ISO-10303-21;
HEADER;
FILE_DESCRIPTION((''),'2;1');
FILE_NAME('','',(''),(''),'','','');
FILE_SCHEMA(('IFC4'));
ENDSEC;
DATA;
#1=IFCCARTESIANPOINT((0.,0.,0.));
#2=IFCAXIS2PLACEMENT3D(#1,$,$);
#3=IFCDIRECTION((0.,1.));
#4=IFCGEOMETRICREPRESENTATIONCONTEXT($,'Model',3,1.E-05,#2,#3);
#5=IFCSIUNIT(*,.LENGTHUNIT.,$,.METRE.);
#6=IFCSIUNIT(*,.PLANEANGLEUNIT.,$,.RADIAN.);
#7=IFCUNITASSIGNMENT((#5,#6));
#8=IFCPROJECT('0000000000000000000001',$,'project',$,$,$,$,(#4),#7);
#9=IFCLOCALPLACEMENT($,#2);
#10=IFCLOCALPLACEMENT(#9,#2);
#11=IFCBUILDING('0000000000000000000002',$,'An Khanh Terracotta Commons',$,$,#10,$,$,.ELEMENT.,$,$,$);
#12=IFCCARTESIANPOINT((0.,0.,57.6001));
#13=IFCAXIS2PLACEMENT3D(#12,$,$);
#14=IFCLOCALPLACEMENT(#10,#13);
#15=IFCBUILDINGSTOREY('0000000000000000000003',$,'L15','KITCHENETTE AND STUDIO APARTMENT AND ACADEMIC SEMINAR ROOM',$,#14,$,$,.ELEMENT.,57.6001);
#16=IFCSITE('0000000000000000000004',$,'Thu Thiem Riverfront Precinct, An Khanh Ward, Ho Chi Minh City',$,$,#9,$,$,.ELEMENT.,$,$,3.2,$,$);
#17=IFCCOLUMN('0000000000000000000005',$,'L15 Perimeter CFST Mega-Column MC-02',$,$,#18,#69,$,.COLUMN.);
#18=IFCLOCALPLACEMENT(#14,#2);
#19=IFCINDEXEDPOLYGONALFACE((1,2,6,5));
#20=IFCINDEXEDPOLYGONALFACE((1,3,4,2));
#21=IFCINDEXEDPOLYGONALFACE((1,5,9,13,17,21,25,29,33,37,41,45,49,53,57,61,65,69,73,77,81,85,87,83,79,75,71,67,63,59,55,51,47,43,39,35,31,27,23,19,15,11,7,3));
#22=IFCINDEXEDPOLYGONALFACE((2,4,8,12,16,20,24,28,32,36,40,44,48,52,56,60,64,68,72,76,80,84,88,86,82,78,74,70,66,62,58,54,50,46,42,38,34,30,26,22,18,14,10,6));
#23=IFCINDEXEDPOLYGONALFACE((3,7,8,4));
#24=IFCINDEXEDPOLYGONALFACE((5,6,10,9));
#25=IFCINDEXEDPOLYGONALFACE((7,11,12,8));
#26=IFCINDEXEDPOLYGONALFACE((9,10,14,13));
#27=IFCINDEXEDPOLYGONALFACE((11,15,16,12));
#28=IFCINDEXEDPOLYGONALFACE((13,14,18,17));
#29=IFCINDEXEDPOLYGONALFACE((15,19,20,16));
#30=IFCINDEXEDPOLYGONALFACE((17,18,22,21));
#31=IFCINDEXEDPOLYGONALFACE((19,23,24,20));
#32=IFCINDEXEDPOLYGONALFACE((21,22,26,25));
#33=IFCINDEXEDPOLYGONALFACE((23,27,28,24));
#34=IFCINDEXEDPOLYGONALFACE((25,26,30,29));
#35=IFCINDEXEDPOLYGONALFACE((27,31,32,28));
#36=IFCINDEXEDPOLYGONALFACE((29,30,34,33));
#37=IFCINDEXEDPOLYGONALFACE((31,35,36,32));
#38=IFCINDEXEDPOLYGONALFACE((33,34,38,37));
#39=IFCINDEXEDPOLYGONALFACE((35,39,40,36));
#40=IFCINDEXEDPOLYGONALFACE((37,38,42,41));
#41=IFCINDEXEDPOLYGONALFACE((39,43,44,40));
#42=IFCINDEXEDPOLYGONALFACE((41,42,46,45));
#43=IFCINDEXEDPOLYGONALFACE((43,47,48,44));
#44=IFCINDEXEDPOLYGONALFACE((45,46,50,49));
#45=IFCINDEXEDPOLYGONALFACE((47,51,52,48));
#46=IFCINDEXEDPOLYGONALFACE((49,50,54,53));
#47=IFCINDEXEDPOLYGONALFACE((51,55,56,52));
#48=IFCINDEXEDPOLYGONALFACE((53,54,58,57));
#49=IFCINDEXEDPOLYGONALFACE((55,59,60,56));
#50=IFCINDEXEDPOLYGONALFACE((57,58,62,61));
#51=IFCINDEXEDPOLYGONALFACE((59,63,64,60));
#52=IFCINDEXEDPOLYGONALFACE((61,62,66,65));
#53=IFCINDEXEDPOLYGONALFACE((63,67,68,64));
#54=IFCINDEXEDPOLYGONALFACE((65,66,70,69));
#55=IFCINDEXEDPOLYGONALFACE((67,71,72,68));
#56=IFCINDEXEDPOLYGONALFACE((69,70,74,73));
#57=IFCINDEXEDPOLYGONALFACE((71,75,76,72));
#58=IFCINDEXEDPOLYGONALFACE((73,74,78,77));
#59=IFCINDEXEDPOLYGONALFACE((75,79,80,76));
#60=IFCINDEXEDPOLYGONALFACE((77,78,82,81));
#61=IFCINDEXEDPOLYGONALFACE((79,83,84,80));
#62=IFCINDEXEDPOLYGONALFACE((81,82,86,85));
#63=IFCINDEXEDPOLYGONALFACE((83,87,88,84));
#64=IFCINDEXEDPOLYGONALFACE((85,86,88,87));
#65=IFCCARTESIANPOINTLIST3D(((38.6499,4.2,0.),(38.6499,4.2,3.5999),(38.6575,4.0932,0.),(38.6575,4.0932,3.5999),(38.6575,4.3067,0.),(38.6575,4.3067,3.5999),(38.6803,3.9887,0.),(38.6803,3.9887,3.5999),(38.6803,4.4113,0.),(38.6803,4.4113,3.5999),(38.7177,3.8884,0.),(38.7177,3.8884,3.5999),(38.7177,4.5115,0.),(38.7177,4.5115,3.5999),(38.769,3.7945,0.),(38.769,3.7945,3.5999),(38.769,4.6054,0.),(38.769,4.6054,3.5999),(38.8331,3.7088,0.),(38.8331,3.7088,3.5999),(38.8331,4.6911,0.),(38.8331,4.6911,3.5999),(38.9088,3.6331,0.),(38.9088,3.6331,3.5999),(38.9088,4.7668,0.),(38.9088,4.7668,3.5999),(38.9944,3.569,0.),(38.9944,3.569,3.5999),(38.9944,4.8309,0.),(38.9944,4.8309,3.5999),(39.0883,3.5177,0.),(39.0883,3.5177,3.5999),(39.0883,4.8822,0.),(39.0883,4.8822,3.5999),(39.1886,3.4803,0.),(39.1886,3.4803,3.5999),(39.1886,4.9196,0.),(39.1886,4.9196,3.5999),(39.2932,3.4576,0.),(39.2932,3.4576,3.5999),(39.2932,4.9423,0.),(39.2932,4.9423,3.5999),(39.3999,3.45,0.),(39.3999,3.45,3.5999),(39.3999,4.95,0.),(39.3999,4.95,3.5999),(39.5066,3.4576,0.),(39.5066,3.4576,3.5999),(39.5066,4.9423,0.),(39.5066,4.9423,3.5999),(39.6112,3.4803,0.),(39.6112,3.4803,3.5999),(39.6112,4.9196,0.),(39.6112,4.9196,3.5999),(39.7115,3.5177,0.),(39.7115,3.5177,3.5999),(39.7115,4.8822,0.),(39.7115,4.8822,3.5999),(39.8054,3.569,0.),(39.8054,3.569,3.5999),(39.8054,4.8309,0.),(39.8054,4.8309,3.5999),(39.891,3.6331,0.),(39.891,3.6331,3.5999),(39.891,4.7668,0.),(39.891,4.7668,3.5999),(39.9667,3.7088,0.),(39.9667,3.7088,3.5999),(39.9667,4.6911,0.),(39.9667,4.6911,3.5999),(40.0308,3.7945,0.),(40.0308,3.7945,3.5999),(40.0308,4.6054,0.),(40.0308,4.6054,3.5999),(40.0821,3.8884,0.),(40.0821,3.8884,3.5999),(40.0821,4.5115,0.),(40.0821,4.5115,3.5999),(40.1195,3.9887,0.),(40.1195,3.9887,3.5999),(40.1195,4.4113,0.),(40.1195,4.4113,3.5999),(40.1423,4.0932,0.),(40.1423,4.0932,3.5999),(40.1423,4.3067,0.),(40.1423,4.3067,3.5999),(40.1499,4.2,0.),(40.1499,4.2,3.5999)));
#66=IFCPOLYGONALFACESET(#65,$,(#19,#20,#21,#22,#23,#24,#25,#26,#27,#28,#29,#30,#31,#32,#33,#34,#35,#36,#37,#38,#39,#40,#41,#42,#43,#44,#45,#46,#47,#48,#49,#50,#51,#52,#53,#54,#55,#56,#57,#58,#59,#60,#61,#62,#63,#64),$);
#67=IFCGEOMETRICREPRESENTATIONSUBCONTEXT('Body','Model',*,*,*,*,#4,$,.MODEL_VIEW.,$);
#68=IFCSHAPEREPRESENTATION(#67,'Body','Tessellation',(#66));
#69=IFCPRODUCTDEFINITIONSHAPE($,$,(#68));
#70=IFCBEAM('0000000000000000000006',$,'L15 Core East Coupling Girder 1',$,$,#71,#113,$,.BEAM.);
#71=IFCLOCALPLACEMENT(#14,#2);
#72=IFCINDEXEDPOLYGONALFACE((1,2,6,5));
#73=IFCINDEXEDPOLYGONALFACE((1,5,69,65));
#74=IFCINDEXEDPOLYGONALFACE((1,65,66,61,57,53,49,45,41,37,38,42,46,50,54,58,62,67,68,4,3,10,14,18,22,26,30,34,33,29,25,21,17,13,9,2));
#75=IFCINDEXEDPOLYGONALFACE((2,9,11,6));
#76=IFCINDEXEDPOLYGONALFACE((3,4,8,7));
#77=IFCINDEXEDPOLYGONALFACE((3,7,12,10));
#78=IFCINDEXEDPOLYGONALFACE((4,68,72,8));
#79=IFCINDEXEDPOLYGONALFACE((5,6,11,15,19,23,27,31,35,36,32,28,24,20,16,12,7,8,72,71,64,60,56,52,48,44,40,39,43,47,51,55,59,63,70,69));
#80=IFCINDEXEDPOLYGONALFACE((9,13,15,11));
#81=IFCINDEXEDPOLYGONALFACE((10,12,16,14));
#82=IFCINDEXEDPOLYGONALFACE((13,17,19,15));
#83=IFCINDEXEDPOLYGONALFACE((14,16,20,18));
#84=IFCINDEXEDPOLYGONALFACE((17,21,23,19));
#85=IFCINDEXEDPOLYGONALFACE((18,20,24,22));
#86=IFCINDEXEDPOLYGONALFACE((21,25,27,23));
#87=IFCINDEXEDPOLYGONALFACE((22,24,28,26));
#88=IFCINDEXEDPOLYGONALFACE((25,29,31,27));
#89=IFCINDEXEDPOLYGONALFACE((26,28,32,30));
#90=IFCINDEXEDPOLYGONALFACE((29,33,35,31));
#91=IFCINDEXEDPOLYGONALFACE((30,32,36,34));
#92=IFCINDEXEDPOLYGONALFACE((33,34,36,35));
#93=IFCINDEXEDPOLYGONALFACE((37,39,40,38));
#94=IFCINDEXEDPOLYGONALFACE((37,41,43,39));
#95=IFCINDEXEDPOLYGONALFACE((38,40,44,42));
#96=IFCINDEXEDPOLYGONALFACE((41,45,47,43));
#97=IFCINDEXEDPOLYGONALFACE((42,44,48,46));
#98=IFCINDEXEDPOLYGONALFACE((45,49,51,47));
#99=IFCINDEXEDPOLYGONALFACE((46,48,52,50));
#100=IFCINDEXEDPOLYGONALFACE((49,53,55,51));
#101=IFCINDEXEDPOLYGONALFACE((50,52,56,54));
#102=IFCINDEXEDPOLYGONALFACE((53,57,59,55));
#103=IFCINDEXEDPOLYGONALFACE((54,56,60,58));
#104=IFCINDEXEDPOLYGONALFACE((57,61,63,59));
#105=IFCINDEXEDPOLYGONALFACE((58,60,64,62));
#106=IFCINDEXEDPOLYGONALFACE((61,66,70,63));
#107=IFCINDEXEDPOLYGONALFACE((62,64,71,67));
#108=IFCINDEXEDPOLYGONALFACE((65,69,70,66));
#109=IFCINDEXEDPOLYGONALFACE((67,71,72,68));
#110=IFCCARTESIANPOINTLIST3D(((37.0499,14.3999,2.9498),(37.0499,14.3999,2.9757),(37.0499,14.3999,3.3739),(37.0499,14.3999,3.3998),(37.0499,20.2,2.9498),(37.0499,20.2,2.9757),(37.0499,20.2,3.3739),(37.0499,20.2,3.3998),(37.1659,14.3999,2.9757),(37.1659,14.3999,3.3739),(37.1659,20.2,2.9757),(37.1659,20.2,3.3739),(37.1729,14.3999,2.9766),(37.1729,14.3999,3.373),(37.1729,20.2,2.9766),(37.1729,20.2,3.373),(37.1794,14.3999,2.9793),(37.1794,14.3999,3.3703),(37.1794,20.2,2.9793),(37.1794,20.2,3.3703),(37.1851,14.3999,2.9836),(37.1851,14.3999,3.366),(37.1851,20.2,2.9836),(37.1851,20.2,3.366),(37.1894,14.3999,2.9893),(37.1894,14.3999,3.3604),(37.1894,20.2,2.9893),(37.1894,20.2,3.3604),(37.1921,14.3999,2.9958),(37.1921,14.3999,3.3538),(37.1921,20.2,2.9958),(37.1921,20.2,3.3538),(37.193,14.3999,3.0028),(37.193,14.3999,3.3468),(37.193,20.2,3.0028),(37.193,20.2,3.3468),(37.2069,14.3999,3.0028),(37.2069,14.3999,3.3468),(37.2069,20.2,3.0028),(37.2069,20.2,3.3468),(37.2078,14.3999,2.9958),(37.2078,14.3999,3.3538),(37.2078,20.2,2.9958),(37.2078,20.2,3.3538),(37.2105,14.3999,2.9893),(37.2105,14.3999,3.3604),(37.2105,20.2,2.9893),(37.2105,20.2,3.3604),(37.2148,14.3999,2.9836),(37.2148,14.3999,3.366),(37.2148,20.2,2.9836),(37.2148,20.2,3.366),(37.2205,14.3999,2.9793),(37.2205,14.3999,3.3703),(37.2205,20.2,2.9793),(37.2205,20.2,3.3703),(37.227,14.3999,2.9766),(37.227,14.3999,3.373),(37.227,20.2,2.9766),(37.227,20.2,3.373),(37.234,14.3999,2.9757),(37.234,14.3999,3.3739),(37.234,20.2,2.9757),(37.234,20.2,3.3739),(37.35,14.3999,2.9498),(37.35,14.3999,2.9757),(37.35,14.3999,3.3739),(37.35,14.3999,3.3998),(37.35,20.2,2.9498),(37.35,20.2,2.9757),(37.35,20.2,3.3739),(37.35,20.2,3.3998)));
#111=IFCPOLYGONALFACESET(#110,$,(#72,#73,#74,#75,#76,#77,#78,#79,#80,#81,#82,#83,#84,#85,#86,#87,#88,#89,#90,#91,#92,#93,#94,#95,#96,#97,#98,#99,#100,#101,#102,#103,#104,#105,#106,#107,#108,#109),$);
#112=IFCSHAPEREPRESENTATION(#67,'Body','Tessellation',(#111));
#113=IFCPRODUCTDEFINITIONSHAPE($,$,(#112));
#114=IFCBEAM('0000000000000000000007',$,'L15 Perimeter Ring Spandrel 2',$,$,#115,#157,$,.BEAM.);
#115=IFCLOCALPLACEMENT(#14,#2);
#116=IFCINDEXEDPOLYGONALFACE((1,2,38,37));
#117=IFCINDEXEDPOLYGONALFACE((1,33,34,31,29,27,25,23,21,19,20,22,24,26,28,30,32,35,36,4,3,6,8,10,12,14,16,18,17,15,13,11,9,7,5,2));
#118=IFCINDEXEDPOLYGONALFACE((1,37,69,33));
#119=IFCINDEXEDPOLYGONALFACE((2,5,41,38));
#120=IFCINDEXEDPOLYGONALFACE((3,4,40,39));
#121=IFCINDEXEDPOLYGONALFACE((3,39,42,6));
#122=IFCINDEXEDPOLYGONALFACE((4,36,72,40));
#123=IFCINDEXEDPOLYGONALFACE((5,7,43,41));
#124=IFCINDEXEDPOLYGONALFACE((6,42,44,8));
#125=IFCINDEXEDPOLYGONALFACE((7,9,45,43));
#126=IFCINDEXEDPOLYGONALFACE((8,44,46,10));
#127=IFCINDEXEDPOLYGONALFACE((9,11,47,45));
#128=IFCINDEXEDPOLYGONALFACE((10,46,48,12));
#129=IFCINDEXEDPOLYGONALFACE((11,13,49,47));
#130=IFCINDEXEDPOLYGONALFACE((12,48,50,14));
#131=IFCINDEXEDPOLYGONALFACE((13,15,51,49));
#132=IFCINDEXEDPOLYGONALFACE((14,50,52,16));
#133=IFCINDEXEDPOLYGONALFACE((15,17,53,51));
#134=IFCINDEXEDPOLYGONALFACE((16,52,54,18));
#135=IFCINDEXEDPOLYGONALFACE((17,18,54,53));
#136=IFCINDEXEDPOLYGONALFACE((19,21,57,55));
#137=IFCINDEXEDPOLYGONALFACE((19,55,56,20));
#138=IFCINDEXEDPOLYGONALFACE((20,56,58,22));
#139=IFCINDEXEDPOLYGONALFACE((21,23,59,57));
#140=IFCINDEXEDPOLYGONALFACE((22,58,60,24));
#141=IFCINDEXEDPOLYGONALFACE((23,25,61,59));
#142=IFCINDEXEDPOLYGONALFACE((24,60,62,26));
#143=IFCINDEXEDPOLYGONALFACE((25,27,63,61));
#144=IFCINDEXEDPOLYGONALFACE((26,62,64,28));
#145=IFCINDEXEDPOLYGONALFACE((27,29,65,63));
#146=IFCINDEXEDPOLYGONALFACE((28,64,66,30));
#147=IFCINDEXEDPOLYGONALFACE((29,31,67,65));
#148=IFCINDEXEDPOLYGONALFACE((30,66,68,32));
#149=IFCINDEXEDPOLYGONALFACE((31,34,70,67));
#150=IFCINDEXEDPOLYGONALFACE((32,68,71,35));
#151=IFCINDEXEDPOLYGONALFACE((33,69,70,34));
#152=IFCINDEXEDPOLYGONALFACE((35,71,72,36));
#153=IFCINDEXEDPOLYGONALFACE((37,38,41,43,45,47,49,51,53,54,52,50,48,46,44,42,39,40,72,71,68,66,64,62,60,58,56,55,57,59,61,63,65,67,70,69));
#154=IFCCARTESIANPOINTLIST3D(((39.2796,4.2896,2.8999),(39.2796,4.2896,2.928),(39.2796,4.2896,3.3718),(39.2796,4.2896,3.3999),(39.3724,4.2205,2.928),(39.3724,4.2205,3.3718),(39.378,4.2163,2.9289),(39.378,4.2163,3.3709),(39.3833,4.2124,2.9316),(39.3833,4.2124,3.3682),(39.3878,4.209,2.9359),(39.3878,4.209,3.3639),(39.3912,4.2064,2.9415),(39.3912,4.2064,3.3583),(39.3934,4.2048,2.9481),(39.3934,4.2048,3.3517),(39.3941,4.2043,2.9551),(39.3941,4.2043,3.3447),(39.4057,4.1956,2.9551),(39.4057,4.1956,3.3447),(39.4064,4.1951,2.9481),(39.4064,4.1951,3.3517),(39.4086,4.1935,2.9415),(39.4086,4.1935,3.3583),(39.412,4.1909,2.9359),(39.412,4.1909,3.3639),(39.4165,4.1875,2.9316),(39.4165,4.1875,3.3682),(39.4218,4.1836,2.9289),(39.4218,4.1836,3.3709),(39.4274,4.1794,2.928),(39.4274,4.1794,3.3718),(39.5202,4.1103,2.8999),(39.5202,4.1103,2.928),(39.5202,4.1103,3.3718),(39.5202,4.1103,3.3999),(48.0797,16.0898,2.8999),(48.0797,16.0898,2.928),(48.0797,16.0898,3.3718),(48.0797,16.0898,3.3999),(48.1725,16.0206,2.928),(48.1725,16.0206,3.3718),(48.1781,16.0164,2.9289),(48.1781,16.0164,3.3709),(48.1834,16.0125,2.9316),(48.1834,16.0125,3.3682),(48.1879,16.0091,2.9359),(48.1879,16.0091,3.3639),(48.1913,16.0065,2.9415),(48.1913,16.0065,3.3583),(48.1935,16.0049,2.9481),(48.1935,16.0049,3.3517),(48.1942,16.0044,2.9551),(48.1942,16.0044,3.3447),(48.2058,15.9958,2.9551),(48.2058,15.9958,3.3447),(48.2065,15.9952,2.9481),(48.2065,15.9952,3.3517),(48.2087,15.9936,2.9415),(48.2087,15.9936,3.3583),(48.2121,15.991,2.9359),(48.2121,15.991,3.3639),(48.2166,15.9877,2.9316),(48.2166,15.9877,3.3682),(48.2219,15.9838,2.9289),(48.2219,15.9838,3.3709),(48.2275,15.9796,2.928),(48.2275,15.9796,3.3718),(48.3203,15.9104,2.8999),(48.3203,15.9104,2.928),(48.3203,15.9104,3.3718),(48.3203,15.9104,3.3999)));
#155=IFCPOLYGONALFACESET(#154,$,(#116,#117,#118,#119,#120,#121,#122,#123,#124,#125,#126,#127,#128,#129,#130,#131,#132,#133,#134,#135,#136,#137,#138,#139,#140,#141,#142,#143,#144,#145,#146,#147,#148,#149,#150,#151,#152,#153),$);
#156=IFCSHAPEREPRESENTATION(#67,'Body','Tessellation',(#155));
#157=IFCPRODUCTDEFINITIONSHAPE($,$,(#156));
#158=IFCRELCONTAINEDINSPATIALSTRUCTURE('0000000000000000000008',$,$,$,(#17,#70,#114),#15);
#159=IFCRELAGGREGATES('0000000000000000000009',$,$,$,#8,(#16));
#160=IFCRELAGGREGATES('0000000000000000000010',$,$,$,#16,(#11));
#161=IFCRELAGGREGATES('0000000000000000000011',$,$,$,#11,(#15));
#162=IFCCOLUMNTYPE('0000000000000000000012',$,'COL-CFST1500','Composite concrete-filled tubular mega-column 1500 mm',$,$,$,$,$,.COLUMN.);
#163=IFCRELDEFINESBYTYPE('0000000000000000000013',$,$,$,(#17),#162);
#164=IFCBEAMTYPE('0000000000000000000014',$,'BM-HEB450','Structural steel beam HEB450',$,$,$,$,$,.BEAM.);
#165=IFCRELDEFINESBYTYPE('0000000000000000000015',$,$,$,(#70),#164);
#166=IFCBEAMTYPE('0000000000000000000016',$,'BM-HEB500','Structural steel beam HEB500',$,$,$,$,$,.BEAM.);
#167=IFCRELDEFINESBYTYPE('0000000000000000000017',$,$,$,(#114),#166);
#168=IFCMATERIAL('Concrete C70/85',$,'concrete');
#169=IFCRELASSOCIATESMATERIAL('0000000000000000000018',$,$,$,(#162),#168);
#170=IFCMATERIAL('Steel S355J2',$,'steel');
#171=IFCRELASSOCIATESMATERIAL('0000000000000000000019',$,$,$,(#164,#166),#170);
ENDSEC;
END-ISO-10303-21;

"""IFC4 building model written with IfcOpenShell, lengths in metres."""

from ifc_helpers import new_model, si_unit, direction, frame, origin, origin_2d, place, context, subcontext, project, spatial, circle, i_section, extrude, material, material_profile, profile_set, type_object, element, save


model = new_model("IFC4")

# Units and contexts
model_context = context("Model", 3, precision=1e-05, world=origin(), true_north=direction((0.0, 1.0)))
body_context = subcontext(model_context, "Body", "Model", "MODEL_VIEW")
ifc_project = project(units=[si_unit("LENGTHUNIT", "METRE"), si_unit("PLANEANGLEUNIT", "RADIAN")], contexts=[model_context])

# Site, building, storey
site_placement = place(None, origin())
site = spatial("IfcSite", under=ifc_project, at=site_placement, Name="Thu Thiem Riverfront Precinct, An Khanh Ward, Ho Chi Minh City", CompositionType="ELEMENT", RefElevation=3.2)
building_placement = place(site_placement, origin())
building = spatial("IfcBuilding", under=site, at=building_placement, Name="An Khanh Terracotta Commons", CompositionType="ELEMENT")
storey_placement = place(building_placement, frame((0.0, 0.0, 57.6001)))
storey = spatial("IfcBuildingStorey", under=building, at=storey_placement, Name="L15", Description="KITCHENETTE AND STUDIO APARTMENT AND ACADEMIC SEMINAR ROOM", CompositionType="ELEMENT", Elevation=57.6001)

# Column
ifc_material_1 = material(Name="Concrete C70/85", Category="concrete")
ifc_material_profile_1 = material_profile(ifc_material_1, circle(Radius=0.75, at=origin_2d()), Name="CFST1500")
ifc_profile_set_1 = profile_set([ifc_material_profile_1], Name="Concrete C70/85")
column_type = type_object("IfcColumnType", Name="COL-CFST1500", Description="Composite concrete-filled tubular mega-column 1500 mm", PredefinedType="COLUMN", material=ifc_profile_set_1)
column_placement = place(storey_placement, frame((39.3999, 4.2, 0.0), z_axis=(0.0, 0.0, 1.0), x_axis=(1.0, 0.0, 0.0)))
element("IfcColumn", 1, at=column_placement, inside=storey, type_object=column_type, Name="L15 Perimeter CFST Mega-Column MC-02", PredefinedType="COLUMN", context=body_context, shape_type="SweptSolid", body=[
    extrude(circle(Radius=0.75, at=origin_2d()), origin(), (0.0, 0.0, 1.0), 3.5999),
])

# Beams
ifc_material_2 = material(Name="Steel S355J2", Category="steel")
ifc_material_profile_2 = material_profile(ifc_material_2, i_section(OverallWidth=0.3, OverallDepth=0.45, WebThickness=0.0139, FlangeThickness=0.0259, FilletRadius=0.0271, at=origin_2d()), Name="HEB450")
ifc_profile_set_2 = profile_set([ifc_material_profile_2], Name="Steel S355J2")
beam_type_1 = type_object("IfcBeamType", Name="BM-HEB450", Description="Structural steel beam HEB450", PredefinedType="BEAM", material=ifc_profile_set_2)
beam_1_placement = place(storey_placement, frame((37.2, 14.3999, 3.1748), z_axis=(0.0, 1.0, 0.0), x_axis=(-1.0, 0.0, 0.0)))
element("IfcBeam", 2, at=beam_1_placement, inside=storey, type_object=beam_type_1, Name="L15 Core East Coupling Girder 1", PredefinedType="BEAM", context=body_context, shape_type="SweptSolid", body=[
    extrude(i_section(OverallWidth=0.3, OverallDepth=0.45, WebThickness=0.0139, FlangeThickness=0.0259, FilletRadius=0.0271, at=origin_2d()), origin(), (0.0, 0.0, 1.0), 5.8),
])
ifc_material_profile_3 = material_profile(ifc_material_2, i_section(OverallWidth=0.3, OverallDepth=0.5, WebThickness=0.0144, FlangeThickness=0.0281, FilletRadius=0.0271, at=origin_2d()), Name="HEB500")
ifc_profile_set_3 = profile_set([ifc_material_profile_3], Name="Steel S355J2")
beam_type_2 = type_object("IfcBeamType", Name="BM-HEB500", Description="Structural steel beam HEB500", PredefinedType="BEAM", material=ifc_profile_set_3)
beam_2_placement = place(storey_placement, frame((39.3999, 4.2, 3.1499), z_axis=(0.597824, 0.801627, 0.0), x_axis=(-0.801627, 0.597824, 0.0)))
element("IfcBeam", 3, at=beam_2_placement, inside=storey, type_object=beam_type_2, Name="L15 Perimeter Ring Spandrel 2", PredefinedType="BEAM", context=body_context, shape_type="SweptSolid", body=[
    extrude(i_section(OverallWidth=0.3, OverallDepth=0.5, WebThickness=0.0144, FlangeThickness=0.0281, FilletRadius=0.0271, at=origin_2d()), origin(), (0.0, 0.0, 1.0), 14.7202),
])

save(model, "model.ifc")
